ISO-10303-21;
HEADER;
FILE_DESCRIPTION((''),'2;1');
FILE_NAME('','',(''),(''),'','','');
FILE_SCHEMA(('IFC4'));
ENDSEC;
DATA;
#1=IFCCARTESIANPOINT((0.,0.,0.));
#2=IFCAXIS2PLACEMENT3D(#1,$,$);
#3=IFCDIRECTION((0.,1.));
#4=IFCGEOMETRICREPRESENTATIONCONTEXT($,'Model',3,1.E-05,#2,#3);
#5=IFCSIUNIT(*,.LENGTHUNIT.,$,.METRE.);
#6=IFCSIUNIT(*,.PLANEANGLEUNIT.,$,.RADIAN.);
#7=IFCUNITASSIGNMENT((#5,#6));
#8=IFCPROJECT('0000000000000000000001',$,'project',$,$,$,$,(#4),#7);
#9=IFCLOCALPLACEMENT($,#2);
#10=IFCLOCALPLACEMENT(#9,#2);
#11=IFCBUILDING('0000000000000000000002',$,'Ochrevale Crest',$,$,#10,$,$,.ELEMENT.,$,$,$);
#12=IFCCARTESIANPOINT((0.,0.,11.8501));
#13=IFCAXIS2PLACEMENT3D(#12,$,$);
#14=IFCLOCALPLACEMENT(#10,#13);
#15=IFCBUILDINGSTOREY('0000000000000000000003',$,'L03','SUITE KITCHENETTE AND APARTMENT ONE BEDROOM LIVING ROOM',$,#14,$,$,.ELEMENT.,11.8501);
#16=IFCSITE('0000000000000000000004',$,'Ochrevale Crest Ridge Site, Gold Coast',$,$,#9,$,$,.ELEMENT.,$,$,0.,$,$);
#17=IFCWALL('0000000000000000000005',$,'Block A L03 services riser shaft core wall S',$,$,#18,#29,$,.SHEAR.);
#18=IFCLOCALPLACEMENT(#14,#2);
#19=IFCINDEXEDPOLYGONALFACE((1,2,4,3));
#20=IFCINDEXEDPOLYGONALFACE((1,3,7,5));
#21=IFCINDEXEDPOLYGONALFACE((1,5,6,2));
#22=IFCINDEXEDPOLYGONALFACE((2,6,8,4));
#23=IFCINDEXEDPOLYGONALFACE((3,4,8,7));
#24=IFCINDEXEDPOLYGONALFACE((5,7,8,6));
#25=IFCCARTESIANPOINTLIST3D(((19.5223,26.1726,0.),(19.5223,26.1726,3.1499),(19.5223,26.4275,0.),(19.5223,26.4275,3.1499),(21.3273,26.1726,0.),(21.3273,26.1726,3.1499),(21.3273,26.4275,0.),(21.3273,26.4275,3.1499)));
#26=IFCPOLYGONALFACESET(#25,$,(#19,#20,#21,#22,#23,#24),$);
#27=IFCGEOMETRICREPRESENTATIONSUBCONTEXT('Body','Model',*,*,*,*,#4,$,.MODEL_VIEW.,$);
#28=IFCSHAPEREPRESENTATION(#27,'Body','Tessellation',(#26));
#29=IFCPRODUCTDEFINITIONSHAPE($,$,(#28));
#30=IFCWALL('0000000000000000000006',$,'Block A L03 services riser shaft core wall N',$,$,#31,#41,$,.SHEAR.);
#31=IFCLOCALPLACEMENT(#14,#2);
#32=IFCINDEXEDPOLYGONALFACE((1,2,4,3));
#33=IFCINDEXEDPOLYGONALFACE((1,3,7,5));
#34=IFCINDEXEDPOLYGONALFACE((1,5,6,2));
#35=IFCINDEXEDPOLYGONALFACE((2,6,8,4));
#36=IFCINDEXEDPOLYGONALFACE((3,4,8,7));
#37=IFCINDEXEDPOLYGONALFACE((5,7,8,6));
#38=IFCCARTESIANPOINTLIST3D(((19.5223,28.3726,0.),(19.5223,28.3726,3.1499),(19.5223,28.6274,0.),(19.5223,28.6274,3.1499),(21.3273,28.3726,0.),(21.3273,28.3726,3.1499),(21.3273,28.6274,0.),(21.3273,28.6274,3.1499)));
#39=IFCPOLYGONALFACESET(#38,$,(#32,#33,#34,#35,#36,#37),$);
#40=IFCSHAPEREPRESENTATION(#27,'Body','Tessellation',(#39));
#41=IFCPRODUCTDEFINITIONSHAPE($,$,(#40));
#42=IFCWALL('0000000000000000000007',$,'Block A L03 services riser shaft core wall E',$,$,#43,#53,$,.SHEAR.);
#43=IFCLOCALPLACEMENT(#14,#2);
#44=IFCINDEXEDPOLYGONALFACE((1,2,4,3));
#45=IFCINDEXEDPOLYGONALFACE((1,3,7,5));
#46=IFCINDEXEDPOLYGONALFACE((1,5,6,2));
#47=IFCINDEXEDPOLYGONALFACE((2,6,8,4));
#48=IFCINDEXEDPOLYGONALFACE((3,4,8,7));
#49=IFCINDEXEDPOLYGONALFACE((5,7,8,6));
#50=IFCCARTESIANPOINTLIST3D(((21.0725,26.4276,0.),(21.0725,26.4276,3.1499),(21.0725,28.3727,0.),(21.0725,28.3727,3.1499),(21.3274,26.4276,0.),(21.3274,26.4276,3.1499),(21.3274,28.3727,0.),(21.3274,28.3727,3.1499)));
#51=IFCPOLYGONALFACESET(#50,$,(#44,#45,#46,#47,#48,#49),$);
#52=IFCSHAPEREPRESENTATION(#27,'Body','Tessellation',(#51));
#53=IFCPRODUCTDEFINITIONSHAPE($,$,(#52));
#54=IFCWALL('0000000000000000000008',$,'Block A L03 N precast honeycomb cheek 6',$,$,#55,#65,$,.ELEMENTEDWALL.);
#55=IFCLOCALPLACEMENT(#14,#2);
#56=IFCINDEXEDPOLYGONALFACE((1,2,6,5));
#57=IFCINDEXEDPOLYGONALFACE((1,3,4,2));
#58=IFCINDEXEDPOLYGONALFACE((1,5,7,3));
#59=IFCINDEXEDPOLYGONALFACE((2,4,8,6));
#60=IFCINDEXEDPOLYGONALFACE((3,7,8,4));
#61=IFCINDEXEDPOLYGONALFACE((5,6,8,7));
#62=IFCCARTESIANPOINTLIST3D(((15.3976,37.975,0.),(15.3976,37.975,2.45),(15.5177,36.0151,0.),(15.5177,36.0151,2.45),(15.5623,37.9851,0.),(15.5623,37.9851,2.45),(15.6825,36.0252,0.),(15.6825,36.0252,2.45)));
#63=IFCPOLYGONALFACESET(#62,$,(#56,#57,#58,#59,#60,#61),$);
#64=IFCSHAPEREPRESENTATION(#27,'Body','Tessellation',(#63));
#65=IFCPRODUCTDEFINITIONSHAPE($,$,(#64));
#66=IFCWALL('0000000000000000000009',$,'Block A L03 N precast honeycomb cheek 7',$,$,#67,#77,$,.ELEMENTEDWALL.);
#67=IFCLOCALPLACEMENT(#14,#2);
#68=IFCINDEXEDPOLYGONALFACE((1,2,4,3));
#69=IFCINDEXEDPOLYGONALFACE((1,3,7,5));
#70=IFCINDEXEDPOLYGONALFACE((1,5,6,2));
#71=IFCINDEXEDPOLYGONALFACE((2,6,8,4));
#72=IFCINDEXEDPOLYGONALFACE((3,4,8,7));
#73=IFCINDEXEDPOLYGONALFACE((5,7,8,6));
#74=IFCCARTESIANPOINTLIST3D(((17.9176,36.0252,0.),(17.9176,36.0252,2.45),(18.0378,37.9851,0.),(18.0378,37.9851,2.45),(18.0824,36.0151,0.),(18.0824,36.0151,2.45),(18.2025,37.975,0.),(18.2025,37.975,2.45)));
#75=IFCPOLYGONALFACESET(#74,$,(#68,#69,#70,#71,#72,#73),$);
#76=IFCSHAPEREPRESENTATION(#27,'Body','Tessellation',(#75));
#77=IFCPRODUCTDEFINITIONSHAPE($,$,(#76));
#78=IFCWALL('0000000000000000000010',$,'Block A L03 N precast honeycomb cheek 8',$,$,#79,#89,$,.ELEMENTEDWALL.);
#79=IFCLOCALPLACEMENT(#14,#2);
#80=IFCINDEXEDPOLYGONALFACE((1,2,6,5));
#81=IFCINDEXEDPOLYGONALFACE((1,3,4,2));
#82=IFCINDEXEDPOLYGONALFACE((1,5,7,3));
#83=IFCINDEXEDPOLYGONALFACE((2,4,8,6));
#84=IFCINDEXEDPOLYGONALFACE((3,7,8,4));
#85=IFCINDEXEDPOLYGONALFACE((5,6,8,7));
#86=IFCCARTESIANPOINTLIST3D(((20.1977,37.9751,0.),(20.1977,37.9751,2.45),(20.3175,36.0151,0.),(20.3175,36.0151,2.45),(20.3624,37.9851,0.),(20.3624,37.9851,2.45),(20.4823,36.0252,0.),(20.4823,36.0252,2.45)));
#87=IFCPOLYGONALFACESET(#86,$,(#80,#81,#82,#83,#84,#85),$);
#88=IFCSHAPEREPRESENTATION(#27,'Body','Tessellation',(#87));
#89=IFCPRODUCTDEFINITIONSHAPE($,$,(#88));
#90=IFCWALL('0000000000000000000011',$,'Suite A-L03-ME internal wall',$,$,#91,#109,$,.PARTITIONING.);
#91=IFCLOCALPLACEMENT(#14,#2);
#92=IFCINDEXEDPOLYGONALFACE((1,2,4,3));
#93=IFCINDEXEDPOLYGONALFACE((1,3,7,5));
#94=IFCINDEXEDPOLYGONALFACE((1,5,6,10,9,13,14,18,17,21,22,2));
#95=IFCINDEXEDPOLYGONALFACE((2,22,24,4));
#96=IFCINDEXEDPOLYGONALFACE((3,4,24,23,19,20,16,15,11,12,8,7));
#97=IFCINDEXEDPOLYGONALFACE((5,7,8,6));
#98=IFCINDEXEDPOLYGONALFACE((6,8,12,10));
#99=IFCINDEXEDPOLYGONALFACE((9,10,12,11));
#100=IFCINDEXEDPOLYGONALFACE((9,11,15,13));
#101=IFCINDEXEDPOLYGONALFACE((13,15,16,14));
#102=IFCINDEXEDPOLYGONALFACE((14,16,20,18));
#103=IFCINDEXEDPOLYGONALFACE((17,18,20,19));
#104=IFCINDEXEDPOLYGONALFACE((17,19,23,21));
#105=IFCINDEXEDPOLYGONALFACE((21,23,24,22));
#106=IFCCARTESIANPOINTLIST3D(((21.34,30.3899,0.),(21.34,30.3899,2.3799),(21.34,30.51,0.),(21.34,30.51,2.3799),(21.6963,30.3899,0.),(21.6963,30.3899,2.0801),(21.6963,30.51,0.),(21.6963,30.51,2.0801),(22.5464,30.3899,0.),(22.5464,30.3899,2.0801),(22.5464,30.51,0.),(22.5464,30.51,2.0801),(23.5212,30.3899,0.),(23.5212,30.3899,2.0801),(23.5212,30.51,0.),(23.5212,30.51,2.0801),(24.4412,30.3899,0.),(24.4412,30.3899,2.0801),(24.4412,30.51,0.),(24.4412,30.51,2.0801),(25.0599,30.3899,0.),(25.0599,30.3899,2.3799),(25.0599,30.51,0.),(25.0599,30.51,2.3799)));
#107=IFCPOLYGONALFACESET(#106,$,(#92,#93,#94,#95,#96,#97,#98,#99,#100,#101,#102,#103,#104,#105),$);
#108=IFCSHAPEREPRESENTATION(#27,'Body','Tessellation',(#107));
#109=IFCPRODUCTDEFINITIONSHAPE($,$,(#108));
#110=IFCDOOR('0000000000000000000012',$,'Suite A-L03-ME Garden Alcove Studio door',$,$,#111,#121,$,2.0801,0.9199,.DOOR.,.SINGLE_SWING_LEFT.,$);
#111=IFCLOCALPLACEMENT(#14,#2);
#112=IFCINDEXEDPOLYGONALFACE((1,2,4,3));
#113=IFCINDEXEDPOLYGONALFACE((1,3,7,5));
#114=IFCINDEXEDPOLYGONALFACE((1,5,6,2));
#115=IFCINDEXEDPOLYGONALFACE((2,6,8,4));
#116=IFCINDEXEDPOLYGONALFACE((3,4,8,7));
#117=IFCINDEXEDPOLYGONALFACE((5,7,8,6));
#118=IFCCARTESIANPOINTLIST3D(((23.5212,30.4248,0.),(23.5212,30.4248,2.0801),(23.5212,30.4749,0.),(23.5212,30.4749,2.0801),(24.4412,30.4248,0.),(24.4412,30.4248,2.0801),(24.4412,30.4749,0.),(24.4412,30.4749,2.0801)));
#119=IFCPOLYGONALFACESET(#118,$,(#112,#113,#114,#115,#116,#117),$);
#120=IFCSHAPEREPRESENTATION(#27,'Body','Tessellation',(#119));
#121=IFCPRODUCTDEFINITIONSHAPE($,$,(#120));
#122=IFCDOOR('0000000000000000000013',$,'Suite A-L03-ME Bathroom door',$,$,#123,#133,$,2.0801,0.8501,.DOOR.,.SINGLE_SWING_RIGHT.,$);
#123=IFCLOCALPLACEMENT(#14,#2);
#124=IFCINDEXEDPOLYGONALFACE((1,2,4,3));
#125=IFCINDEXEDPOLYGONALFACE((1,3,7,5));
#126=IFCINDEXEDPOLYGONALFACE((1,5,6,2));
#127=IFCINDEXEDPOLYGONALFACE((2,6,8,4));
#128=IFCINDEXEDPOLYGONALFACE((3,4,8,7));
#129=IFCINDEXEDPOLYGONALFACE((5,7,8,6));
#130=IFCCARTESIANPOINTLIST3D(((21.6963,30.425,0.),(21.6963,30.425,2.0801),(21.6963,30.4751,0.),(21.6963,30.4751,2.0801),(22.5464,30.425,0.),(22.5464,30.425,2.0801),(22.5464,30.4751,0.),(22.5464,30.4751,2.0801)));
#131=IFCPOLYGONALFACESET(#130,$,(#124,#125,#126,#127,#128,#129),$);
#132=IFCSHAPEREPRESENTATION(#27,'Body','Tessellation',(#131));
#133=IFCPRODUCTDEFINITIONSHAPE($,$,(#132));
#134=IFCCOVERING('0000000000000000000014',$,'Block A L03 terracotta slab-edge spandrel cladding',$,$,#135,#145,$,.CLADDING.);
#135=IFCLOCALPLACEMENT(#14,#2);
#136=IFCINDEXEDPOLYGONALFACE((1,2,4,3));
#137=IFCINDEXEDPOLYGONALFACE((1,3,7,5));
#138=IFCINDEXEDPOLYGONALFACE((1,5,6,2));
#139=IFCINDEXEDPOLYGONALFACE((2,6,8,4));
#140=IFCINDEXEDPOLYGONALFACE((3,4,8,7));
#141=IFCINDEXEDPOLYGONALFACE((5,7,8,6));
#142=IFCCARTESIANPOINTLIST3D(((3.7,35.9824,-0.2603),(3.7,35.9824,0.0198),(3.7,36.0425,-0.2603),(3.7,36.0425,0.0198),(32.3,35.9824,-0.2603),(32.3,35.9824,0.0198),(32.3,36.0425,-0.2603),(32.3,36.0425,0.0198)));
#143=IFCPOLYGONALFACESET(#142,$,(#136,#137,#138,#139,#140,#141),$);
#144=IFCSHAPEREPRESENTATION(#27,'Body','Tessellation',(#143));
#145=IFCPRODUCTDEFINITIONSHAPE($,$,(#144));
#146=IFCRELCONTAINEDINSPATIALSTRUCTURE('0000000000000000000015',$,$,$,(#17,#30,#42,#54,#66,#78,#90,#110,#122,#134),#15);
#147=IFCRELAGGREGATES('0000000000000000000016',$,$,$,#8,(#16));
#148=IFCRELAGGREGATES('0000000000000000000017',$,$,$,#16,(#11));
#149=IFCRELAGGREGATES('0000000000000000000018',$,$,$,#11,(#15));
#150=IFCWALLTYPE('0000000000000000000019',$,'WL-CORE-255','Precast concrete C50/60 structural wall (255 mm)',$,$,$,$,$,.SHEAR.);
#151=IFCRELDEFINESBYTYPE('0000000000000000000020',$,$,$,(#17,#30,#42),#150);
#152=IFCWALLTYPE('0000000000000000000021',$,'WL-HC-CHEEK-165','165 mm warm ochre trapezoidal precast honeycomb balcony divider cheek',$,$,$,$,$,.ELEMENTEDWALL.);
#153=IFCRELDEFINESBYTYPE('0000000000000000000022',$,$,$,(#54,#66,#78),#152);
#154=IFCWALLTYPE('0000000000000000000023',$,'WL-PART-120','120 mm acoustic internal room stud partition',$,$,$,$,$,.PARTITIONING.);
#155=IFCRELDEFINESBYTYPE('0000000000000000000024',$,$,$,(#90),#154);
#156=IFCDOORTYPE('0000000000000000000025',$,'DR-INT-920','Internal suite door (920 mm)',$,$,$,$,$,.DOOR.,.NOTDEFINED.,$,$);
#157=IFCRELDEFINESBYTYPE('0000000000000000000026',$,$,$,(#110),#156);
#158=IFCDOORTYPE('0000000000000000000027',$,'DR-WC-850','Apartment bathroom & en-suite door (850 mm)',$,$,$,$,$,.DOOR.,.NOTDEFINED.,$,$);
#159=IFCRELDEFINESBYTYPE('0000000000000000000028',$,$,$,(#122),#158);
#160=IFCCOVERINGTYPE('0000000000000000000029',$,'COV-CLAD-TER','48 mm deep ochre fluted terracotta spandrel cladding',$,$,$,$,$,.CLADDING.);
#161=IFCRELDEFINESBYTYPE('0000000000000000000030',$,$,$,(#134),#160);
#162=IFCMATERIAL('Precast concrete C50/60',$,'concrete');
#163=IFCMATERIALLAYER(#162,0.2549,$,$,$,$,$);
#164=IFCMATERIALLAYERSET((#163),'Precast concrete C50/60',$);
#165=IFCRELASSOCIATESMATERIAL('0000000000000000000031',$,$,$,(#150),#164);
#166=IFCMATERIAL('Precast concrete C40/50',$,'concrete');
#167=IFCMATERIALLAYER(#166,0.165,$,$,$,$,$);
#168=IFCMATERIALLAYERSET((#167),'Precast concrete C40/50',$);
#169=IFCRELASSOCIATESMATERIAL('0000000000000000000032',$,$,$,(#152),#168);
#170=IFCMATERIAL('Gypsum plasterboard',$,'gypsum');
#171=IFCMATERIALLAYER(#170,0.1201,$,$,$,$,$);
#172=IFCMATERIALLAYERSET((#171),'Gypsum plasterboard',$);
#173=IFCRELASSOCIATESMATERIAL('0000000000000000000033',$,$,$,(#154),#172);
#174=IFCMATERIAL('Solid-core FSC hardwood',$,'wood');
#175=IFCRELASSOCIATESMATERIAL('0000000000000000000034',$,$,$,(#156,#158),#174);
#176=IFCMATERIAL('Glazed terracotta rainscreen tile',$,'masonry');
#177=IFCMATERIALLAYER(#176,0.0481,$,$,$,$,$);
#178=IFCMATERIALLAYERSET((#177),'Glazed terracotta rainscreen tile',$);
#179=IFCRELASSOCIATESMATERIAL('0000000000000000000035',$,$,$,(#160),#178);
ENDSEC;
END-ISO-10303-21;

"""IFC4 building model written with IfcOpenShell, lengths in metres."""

from ifc_helpers import new_model, si_unit, direction, frame, frame_2d, origin, origin_2d, place, context, subcontext, project, spatial, rectangle, extrude, material, layer, layer_set, type_object, element, fill, save


model = new_model("IFC4")

# Units and contexts
model_context = context("Model", 3, precision=1e-05, world=origin(), true_north=direction((0.0, 1.0)))
body_context = subcontext(model_context, "Body", "Model", "MODEL_VIEW")
ifc_project = project(units=[si_unit("LENGTHUNIT", "METRE"), si_unit("PLANEANGLEUNIT", "RADIAN")], contexts=[model_context])

# Site, building, storey
site_placement = place(None, origin())
site = spatial("IfcSite", under=ifc_project, at=site_placement, Name="Ochrevale Crest Ridge Site, Gold Coast", CompositionType="ELEMENT", RefElevation=0.0)
building_placement = place(site_placement, origin())
building = spatial("IfcBuilding", under=site, at=building_placement, Name="Ochrevale Crest", CompositionType="ELEMENT")
storey_placement = place(building_placement, frame((0.0, 0.0, 11.8501)))
storey = spatial("IfcBuildingStorey", under=building, at=storey_placement, Name="L03", Description="SUITE KITCHENETTE AND APARTMENT ONE BEDROOM LIVING ROOM", CompositionType="ELEMENT", Elevation=11.8501)

# Shared definitions
ifc_material_1 = material(Name="Precast concrete C50/60", Category="concrete")

# Shared definitions
ifc_material_2 = material(Name="Precast concrete C40/50", Category="concrete")

# Walls
ifc_layer_1 = layer(ifc_material_1, 0.2549)
ifc_layer_set_1 = layer_set([ifc_layer_1], Name="Precast concrete C50/60")
wall_type_1 = type_object("IfcWallType", Name="WL-CORE-255", Description="Precast concrete C50/60 structural wall (255 mm)", PredefinedType="SHEAR", material=ifc_layer_set_1)
for number, where, z_axis, x_axis, name in (
    (1, (19.5225, 26.3, 0.0), (0.0, 0.0, 1.0), (1.0, 0.0, 0.0), "Block A L03 services riser shaft core wall S"),
    (2, (19.5225, 28.5, 0.0), (0.0, 0.0, 1.0), (1.0, 0.0, 0.0), "Block A L03 services riser shaft core wall N"),
):
    element("IfcWall", number, at=place(storey_placement, frame(where, z_axis=z_axis, x_axis=x_axis)), inside=storey, type_object=wall_type_1, Name=name, PredefinedType="SHEAR", context=body_context, shape_type="SweptSolid", body=[
        extrude(rectangle(XDim=1.8049, YDim=0.2549, at=frame_2d((0.9023, 0.0))), origin(), (0.0, 0.0, 1.0), 3.1499),
    ])
wall_1_placement = place(storey_placement, frame((21.2, 26.4275, 0.0), z_axis=(0.0, 0.0, 1.0), x_axis=(0.0, 1.0, 0.0)))
element("IfcWall", 3, at=wall_1_placement, inside=storey, type_object=wall_type_1, Name="Block A L03 services riser shaft core wall E", PredefinedType="SHEAR", context=body_context, shape_type="SweptSolid", body=[
    extrude(rectangle(XDim=1.9451, YDim=0.2549, at=frame_2d((0.9727, 0.0))), origin(), (0.0, 0.0, 1.0), 3.1499),
])
ifc_layer_2 = layer(ifc_material_2, 0.165)
ifc_layer_set_2 = layer_set([ifc_layer_2], Name="Precast concrete C40/50")
wall_type_2 = type_object("IfcWallType", Name="WL-HC-CHEEK-165", Description="165 mm warm ochre trapezoidal precast honeycomb balcony divider cheek", PredefinedType="ELEMENTEDWALL", material=ifc_layer_set_2)
for number, where, z_axis, x_axis, name in (
    (4, (15.6001, 36.02, 0.0), (0.0, 0.0, 1.0), (-0.061171, 0.998127, 0.0), "Block A L03 N precast honeycomb cheek 6"),
    (5, (18.0, 36.02, 0.0), (0.0, 0.0, 1.0), (0.061171, 0.998127, 0.0), "Block A L03 N precast honeycomb cheek 7"),
    (6, (20.3999, 36.02, 0.0), (0.0, 0.0, 1.0), (-0.061047, 0.998135, 0.0), "Block A L03 N precast honeycomb cheek 8"),
):
    element("IfcWall", number, at=place(storey_placement, frame(where, z_axis=z_axis, x_axis=x_axis)), inside=storey, type_object=wall_type_2, Name=name, PredefinedType="ELEMENTEDWALL", context=body_context, shape_type="SweptSolid", body=[
        extrude(rectangle(XDim=1.9636, YDim=0.165, at=frame_2d((0.9819, 0.0))), origin(), (0.0, 0.0, 1.0), 2.45),
    ])

# Wall, openings, doors
ifc_material_3 = material(Name="Gypsum plasterboard", Category="gypsum")
ifc_layer_3 = layer(ifc_material_3, 0.1201)
ifc_layer_set_3 = layer_set([ifc_layer_3], Name="Gypsum plasterboard")
wall_type_3 = type_object("IfcWallType", Name="WL-PART-120", Description="120 mm acoustic internal room stud partition", PredefinedType="PARTITIONING", material=ifc_layer_set_3)
wall_2_placement = place(storey_placement, frame((21.3401, 30.45, 0.0), z_axis=(0.0, 0.0, 1.0), x_axis=(1.0, 0.0, 0.0)))
wall_2 = element("IfcWall", 7, at=wall_2_placement, inside=storey, type_object=wall_type_3, Name="Suite A-L03-ME internal wall", PredefinedType="PARTITIONING", context=body_context, shape_type="SweptSolid", body=[
    extrude(rectangle(XDim=3.72, YDim=0.1201, at=frame_2d((1.8599, 0.0))), origin(), (0.0, 0.0, 1.0), 2.3799),
])
opening_1_placement = place(wall_2_placement, frame((1.2063, 0.0, 0.0), z_axis=(0.0, 0.0, 1.0), x_axis=(-1.0, 0.0, 0.0)))
opening_1 = element("IfcOpeningElement", 8, at=opening_1_placement, cuts=wall_2, PredefinedType="OPENING", context=body_context, shape_type="SweptSolid", body=[
    extrude(rectangle(XDim=0.8501, YDim=2.0801, at=frame_2d((0.425, 1.04))), frame((0.0, 0.0701, 0.0), z_axis=(0.0, -1.0, 0.0), x_axis=(1.0, 0.0, 0.0)), (0.0, 0.0, 1.0), 0.1401),
])
opening_2_placement = place(wall_2_placement, frame((2.1812, 0.0, 0.0)))
opening_2 = element("IfcOpeningElement", 9, at=opening_2_placement, cuts=wall_2, PredefinedType="OPENING", context=body_context, shape_type="SweptSolid", body=[
    extrude(rectangle(XDim=0.9199, YDim=2.0801, at=frame_2d((0.46, 1.04))), frame((0.0, 0.0701, 0.0), z_axis=(0.0, -1.0, 0.0), x_axis=(1.0, 0.0, 0.0)), (0.0, 0.0, 1.0), 0.1401),
])
ifc_material_4 = material(Name="Solid-core FSC hardwood", Category="wood")
door_type_1 = type_object("IfcDoorType", Name="DR-INT-920", Description="Internal suite door (920 mm)", OperationType="NOTDEFINED", PredefinedType="DOOR", material=ifc_material_4)
door_1_placement = place(opening_2_placement, origin())
door_1 = element("IfcDoor", 10, at=door_1_placement, inside=storey, type_object=door_type_1, Name="Suite A-L03-ME Garden Alcove Studio door", OperationType="SINGLE_SWING_LEFT", OverallHeight=2.0801, OverallWidth=0.9199, PredefinedType="DOOR", context=body_context, shape_type="SweptSolid", body=[
    extrude(rectangle(XDim=0.9199, YDim=2.0801, at=frame_2d((0.46, 1.04))), frame((0.0, 0.0249, 0.0), z_axis=(0.0, -1.0, 0.0), x_axis=(1.0, 0.0, 0.0)), (0.0, 0.0, 1.0), 0.05),
])
fill(opening_2, door_1)
door_type_2 = type_object("IfcDoorType", Name="DR-WC-850", Description="Apartment bathroom & en-suite door (850 mm)", OperationType="NOTDEFINED", PredefinedType="DOOR", material=ifc_material_4)
door_2_placement = place(opening_1_placement, origin())
door_2 = element("IfcDoor", 11, at=door_2_placement, inside=storey, type_object=door_type_2, Name="Suite A-L03-ME Bathroom door", OperationType="SINGLE_SWING_RIGHT", OverallHeight=2.0801, OverallWidth=0.8501, PredefinedType="DOOR", context=body_context, shape_type="SweptSolid", body=[
    extrude(rectangle(XDim=0.8501, YDim=2.0801, at=frame_2d((0.425, 1.04))), frame((0.0, 0.0249, 0.0), z_axis=(0.0, -1.0, 0.0), x_axis=(1.0, 0.0, 0.0)), (0.0, 0.0, 1.0), 0.05),
])
fill(opening_1, door_2)

# Covering
ifc_material_5 = material(Name="Glazed terracotta rainscreen tile", Category="masonry")
ifc_layer_4 = layer(ifc_material_5, 0.0481)
ifc_layer_set_4 = layer_set([ifc_layer_4], Name="Glazed terracotta rainscreen tile")
covering_type = type_object("IfcCoveringType", Name="COV-CLAD-TER", Description="48 mm deep ochre fluted terracotta spandrel cladding", PredefinedType="CLADDING", material=ifc_layer_set_4)
covering_placement = place(storey_placement, frame((18.0, 36.0125, -0.2603), z_axis=(0.0, 0.0, 1.0), x_axis=(-1.0, 0.0, 0.0)))
element("IfcCovering", 12, at=covering_placement, inside=storey, type_object=covering_type, Name="Block A L03 terracotta slab-edge spandrel cladding", PredefinedType="CLADDING", context=body_context, shape_type="SweptSolid", body=[
    extrude(rectangle(XDim=28.6001, YDim=0.0601, at=origin_2d()), origin(), (0.0, 0.0, 1.0), 0.28),
])

save(model, "model.ifc")
